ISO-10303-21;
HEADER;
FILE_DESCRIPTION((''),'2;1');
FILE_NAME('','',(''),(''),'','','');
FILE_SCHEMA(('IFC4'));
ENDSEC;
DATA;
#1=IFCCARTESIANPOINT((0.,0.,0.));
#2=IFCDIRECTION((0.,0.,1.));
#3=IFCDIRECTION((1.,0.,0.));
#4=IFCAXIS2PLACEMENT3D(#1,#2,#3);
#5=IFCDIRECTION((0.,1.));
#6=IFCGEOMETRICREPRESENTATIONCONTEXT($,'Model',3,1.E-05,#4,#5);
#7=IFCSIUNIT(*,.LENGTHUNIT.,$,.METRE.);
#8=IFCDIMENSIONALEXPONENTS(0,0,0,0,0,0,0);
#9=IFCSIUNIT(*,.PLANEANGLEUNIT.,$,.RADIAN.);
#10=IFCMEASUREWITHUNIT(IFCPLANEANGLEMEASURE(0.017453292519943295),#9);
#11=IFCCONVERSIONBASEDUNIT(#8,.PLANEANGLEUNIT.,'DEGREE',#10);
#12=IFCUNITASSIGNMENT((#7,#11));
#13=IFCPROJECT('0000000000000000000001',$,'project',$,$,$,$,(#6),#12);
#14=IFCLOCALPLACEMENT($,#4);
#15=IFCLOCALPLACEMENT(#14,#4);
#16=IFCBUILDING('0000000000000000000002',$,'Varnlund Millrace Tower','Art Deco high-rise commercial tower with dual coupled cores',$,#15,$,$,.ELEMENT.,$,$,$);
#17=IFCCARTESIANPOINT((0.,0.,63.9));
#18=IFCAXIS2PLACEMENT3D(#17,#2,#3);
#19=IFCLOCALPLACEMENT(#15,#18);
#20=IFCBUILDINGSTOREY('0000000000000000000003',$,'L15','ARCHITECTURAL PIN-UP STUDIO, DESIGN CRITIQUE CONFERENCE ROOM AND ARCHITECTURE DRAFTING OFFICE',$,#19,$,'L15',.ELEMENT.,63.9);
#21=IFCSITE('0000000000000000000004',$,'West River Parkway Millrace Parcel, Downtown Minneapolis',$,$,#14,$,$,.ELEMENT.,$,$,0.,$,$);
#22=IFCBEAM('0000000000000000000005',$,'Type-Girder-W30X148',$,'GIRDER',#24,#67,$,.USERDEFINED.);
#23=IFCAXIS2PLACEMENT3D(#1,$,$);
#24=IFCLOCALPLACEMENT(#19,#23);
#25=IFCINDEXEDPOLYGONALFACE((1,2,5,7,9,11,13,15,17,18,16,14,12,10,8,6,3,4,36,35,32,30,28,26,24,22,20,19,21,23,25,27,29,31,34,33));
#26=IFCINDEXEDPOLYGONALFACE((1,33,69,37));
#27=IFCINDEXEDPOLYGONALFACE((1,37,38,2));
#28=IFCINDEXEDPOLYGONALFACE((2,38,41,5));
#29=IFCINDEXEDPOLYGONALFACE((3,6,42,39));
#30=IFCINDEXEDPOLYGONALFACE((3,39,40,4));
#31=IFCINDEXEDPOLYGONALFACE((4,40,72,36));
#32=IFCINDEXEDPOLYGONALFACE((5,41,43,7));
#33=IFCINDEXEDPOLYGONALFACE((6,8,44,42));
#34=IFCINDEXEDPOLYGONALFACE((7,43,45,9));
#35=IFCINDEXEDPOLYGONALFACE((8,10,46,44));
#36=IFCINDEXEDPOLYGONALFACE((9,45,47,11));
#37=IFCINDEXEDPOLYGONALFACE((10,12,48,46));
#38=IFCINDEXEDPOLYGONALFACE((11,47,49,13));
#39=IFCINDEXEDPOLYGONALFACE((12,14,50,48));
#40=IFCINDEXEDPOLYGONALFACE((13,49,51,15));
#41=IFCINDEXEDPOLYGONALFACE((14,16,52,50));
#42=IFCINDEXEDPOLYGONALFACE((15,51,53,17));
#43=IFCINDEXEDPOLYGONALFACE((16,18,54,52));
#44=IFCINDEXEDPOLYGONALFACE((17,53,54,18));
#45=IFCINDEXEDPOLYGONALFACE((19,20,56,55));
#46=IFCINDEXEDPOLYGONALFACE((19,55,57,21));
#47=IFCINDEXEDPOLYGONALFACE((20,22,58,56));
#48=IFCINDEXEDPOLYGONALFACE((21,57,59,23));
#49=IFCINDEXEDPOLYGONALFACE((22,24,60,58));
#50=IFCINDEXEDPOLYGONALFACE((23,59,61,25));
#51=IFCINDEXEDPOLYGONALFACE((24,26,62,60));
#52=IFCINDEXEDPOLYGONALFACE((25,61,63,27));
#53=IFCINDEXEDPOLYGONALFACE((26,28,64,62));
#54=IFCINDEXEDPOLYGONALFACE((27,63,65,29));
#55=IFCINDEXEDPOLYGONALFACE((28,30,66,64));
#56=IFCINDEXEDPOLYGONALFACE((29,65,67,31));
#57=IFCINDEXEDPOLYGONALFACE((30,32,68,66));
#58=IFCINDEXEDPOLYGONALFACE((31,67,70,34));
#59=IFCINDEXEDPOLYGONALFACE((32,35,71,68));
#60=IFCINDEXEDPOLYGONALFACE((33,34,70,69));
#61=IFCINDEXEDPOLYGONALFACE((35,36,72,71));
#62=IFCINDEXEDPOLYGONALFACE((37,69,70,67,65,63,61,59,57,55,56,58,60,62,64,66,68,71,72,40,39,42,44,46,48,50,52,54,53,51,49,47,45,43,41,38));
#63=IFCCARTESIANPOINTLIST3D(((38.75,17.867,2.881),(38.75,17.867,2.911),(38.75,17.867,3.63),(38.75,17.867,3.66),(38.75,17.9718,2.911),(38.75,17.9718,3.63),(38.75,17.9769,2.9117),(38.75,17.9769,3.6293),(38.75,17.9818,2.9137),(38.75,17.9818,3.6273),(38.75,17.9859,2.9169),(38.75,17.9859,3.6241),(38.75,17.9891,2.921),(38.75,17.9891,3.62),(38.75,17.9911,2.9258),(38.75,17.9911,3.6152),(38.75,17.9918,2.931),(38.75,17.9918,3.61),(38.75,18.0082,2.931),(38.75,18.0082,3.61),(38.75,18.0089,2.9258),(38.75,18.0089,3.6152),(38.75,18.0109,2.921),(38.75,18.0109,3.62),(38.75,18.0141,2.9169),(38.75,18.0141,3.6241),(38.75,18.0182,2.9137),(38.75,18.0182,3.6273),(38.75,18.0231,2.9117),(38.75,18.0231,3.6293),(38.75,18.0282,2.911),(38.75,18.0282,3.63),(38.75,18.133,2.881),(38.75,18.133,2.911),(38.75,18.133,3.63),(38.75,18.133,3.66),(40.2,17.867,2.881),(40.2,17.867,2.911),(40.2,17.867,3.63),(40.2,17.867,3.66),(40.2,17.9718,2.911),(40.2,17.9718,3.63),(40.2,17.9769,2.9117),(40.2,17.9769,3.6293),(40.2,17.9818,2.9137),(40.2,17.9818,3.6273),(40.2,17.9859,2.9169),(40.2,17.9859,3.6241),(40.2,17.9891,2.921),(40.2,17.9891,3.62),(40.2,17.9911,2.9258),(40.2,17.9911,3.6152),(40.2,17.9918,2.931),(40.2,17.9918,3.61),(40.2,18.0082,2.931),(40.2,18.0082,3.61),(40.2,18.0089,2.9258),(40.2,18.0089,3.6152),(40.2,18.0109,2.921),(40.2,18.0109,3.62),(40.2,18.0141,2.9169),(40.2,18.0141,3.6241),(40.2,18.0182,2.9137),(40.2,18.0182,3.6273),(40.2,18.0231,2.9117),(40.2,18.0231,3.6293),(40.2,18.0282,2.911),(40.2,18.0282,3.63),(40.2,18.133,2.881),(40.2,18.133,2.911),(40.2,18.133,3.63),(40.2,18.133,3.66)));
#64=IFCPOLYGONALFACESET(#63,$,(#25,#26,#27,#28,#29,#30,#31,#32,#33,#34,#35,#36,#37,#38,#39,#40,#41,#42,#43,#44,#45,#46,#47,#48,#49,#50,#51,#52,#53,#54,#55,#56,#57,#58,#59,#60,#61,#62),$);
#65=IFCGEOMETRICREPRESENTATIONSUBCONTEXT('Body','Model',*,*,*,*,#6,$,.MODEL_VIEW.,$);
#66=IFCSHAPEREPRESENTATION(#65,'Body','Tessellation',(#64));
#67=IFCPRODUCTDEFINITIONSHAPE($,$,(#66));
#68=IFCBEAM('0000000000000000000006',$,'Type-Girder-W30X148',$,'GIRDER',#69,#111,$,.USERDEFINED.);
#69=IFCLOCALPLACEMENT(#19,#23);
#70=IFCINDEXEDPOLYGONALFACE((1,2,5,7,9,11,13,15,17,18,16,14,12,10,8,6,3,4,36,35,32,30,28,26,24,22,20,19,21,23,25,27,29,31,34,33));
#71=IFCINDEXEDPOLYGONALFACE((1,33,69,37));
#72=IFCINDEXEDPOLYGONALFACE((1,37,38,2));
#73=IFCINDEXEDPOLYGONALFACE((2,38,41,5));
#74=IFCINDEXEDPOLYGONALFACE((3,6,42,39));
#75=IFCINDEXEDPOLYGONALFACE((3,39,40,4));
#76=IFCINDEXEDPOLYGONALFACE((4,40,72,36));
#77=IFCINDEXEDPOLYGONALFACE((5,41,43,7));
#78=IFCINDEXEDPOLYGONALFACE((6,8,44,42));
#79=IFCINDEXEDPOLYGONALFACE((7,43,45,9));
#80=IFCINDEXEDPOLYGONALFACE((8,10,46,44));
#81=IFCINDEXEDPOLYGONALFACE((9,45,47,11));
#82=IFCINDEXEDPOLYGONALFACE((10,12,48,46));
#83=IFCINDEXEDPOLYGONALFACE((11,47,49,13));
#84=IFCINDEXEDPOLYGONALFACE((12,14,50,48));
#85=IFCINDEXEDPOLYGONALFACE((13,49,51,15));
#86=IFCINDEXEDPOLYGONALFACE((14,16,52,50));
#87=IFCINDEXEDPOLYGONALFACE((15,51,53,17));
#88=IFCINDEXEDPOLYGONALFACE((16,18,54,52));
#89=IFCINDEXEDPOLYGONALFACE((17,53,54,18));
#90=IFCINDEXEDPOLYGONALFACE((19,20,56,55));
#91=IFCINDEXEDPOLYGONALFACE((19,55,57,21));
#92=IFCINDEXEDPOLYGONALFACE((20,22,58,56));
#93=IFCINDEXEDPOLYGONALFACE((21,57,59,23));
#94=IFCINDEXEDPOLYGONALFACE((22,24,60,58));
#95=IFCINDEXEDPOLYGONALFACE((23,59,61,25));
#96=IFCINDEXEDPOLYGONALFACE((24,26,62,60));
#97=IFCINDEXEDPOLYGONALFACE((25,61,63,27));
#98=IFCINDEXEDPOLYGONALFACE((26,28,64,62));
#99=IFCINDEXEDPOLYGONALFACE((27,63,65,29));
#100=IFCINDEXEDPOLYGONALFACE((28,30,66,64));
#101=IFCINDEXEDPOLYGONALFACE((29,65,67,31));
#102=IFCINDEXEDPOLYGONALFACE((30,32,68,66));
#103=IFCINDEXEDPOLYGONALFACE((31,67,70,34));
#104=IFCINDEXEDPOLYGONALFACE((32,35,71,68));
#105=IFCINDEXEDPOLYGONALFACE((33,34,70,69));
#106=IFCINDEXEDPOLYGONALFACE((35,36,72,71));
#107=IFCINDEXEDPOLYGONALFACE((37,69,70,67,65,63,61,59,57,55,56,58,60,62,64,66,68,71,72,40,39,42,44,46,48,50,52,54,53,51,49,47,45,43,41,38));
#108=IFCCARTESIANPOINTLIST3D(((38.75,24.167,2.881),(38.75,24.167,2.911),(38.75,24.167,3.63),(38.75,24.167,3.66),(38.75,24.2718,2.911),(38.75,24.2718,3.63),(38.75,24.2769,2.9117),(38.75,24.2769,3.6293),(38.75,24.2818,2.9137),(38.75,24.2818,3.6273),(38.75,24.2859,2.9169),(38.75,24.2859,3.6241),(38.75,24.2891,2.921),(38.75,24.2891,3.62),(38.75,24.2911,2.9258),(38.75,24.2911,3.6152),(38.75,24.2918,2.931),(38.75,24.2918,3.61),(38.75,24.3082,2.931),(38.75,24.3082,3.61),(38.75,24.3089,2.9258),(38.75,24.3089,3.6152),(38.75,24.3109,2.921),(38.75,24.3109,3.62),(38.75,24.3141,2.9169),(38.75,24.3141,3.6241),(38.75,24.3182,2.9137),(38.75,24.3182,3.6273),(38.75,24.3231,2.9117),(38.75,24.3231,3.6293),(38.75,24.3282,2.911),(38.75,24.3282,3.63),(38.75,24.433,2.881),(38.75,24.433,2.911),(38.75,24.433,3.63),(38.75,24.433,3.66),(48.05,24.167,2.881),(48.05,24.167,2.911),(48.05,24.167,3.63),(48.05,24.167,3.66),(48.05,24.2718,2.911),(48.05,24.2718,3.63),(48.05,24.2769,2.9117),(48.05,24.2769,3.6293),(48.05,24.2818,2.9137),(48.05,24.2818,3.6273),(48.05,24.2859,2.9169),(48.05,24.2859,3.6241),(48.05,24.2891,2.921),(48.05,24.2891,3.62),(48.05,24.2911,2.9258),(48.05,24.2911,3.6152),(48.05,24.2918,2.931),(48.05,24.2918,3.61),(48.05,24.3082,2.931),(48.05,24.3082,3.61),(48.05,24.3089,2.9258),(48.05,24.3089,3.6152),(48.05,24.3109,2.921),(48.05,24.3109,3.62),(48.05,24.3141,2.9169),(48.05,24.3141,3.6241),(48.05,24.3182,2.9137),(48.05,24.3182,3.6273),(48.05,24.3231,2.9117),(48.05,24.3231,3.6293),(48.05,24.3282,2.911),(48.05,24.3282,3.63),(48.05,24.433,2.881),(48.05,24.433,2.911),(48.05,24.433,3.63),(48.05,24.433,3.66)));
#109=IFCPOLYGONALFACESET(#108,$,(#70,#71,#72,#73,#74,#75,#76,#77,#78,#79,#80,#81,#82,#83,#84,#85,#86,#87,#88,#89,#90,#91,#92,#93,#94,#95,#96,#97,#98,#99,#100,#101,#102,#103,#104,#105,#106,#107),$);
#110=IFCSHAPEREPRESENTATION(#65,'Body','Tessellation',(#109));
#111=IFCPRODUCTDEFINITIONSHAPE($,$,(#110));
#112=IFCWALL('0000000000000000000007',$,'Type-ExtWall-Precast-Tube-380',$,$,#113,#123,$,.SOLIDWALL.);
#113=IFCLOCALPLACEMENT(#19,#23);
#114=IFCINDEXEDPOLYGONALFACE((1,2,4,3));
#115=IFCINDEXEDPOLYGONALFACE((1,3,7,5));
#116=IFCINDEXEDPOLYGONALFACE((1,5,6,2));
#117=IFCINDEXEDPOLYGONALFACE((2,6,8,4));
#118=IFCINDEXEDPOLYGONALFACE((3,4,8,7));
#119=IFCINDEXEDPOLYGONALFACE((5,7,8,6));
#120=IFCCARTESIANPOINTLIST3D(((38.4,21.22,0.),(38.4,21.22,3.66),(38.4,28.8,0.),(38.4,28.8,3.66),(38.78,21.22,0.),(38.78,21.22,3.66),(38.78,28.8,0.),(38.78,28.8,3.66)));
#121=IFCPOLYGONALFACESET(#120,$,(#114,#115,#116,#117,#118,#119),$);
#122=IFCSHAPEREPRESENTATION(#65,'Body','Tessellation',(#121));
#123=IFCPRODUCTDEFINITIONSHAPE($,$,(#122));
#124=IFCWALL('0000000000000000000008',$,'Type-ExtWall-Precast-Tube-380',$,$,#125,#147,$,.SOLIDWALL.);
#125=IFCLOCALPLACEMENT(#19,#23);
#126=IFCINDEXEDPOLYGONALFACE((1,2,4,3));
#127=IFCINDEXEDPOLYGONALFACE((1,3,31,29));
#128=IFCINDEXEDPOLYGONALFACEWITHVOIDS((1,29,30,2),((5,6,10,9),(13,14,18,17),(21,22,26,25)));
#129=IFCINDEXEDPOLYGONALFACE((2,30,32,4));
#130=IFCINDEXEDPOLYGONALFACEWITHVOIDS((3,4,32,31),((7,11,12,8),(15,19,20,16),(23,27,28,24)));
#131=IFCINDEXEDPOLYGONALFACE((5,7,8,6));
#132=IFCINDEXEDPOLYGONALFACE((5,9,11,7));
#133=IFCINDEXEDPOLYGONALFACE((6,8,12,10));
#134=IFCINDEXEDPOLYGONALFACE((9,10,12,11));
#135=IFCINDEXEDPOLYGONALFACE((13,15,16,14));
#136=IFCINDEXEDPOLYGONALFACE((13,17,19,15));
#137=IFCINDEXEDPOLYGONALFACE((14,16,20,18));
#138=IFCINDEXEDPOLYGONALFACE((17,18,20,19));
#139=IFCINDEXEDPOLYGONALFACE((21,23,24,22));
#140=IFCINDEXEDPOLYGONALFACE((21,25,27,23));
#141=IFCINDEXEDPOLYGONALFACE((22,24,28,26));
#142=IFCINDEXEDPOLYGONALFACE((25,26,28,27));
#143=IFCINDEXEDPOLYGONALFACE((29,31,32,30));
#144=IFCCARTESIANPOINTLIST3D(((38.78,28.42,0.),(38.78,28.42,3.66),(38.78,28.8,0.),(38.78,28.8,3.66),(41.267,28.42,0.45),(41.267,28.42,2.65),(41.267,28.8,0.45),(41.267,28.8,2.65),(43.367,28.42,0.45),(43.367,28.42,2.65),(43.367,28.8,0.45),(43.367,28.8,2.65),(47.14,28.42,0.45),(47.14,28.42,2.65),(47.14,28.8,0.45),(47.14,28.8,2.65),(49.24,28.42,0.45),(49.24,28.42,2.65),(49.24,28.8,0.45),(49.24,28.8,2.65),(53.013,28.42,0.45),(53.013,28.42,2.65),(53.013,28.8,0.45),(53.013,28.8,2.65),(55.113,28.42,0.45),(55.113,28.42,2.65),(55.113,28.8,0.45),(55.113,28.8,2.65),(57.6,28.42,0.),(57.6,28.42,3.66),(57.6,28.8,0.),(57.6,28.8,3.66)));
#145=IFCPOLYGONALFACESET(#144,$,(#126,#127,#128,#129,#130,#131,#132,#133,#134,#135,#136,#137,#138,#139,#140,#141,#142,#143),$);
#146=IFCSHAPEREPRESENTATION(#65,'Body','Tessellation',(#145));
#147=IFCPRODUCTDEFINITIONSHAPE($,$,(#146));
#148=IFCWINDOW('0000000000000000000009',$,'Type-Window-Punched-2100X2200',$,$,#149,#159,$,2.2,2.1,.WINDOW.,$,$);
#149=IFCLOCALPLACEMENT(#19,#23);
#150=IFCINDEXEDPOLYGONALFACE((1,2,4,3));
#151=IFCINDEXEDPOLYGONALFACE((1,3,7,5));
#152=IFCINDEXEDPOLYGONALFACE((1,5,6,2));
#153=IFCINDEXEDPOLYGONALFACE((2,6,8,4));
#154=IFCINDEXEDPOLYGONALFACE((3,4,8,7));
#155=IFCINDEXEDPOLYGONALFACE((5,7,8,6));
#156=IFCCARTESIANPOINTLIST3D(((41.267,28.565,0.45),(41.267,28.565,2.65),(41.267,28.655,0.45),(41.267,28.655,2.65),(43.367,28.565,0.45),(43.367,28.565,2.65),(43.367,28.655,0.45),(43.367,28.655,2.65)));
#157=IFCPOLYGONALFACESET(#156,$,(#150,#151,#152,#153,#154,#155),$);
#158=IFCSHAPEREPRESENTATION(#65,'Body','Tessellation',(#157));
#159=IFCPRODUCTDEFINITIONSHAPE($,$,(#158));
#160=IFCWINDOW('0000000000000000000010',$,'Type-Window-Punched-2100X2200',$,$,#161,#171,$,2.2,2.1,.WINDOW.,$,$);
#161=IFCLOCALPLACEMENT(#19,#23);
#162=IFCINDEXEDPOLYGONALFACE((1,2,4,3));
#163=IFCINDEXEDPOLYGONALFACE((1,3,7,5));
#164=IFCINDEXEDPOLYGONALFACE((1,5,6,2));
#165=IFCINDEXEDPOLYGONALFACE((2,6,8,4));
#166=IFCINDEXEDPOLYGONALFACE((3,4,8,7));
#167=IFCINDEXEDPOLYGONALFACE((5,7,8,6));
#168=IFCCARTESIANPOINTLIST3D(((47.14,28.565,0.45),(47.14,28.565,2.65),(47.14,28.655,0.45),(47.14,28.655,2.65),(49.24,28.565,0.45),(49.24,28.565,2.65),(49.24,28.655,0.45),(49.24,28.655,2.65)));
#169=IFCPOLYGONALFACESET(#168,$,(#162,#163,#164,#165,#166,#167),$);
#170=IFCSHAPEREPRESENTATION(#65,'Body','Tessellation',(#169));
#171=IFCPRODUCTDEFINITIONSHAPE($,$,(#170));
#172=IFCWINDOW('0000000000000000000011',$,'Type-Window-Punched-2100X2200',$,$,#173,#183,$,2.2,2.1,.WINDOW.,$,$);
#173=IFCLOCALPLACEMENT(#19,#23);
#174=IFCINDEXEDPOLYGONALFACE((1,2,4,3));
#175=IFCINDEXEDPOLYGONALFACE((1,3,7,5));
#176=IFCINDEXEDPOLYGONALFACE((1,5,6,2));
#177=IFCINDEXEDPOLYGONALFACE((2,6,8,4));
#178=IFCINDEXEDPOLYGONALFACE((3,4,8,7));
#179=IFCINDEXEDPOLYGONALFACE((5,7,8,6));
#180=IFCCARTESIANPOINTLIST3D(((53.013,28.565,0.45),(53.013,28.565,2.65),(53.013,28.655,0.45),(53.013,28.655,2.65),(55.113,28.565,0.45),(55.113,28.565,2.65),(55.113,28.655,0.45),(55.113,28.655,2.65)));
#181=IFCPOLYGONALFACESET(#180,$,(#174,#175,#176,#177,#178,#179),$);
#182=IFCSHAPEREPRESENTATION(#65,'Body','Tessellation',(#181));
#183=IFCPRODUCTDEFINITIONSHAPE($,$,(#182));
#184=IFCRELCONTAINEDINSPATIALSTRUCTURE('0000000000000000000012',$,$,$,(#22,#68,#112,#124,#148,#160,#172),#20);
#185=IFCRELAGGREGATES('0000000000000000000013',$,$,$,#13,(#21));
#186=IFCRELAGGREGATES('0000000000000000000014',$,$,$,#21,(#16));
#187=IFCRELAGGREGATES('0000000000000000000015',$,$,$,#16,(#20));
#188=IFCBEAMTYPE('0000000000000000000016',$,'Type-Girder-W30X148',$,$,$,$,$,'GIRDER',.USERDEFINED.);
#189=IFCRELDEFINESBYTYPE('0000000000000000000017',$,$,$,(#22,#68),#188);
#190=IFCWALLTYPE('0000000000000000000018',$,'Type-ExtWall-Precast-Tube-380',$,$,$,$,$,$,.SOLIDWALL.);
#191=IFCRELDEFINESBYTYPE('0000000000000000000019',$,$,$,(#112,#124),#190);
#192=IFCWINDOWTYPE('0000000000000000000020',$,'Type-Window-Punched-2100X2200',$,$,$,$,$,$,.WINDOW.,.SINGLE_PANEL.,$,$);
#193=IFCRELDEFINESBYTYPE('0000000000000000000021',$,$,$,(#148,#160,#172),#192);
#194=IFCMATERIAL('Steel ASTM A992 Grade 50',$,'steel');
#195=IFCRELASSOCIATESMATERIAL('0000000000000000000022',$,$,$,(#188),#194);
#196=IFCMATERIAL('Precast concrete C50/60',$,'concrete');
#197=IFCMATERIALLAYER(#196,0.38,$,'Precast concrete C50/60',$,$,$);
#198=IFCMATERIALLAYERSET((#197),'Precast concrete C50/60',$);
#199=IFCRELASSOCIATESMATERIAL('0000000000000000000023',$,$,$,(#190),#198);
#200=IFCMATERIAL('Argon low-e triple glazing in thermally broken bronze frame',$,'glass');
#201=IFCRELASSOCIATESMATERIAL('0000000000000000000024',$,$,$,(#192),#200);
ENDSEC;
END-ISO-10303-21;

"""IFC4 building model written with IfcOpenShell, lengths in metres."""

from ifc_helpers import new_model, entity, si_unit, converted_unit, direction, frame, origin_with_axes, origin_2d_with_axis, place, context, subcontext, project, spatial, polyline, rectangle, i_section, outline, extrude, material, layer, layer_set, material_profile, profile_set, type_object, element, fill, save


model = new_model("IFC4")

# Units and contexts
model_context = context("Model", 3, precision=1e-05, world=origin_with_axes(), true_north=direction((0.0, 1.0)))
body_context = subcontext(model_context, "Body", "Model", "MODEL_VIEW")
ifc_project = project(units=[si_unit("LENGTHUNIT", "METRE"), converted_unit("PLANEANGLEUNIT", "DEGREE", entity("IfcPlaneAngleMeasure", 0.017453292519943295), si_unit("PLANEANGLEUNIT", "RADIAN"), dimensions=[0, 0, 0, 0, 0, 0, 0])], contexts=[model_context])

# Site, building, storey
site_placement = place(None, origin_with_axes())
site = spatial("IfcSite", under=ifc_project, at=site_placement, Name="West River Parkway Millrace Parcel, Downtown Minneapolis", CompositionType="ELEMENT", RefElevation=0.0)
building_placement = place(site_placement, origin_with_axes())
building = spatial("IfcBuilding", under=site, at=building_placement, Name="Varnlund Millrace Tower", Description="Art Deco high-rise commercial tower with dual coupled cores", CompositionType="ELEMENT")
storey_placement = place(building_placement, frame((0.0, 0.0, 63.9), z_axis=(0.0, 0.0, 1.0), x_axis=(1.0, 0.0, 0.0)))
storey = spatial("IfcBuildingStorey", under=building, at=storey_placement, Name="L15", Description="ARCHITECTURAL PIN-UP STUDIO, DESIGN CRITIQUE CONFERENCE ROOM AND ARCHITECTURE DRAFTING OFFICE", LongName="L15", CompositionType="ELEMENT", Elevation=63.9)

# Beams
ifc_material_1 = material(Name="Steel ASTM A992 Grade 50", Category="steel")
ifc_material_profile_1 = material_profile(ifc_material_1, i_section(OverallWidth=0.266, OverallDepth=0.779, WebThickness=0.0165, FlangeThickness=0.03, FilletRadius=0.02, at=origin_2d_with_axis()), Name="Steel ASTM A992 Grade 50")
ifc_profile_set_1 = profile_set([ifc_material_profile_1], Name="Steel ASTM A992 Grade 50")
beam_type_1 = type_object("IfcBeamType", Name="Type-Girder-W30X148", ElementType="GIRDER", PredefinedType="USERDEFINED", material=ifc_profile_set_1)
beam_1_placement = place(storey_placement, frame((38.75, 18.0, 3.2705), z_axis=(1.0, 0.0, 0.0), x_axis=(0.0, 1.0, 0.0)))
element("IfcBeam", 1, at=beam_1_placement, inside=storey, type_object=beam_type_1, Name="Type-Girder-W30X148", ObjectType="GIRDER", PredefinedType="USERDEFINED", context=body_context, shape_type="SweptSolid", body=[
    extrude(i_section(OverallWidth=0.266, OverallDepth=0.779, WebThickness=0.0165, FlangeThickness=0.03, FilletRadius=0.02, at=origin_2d_with_axis()), origin_with_axes(), (0.0, 0.0, 1.0), 1.45),
])
beam_2_placement = place(storey_placement, frame((38.75, 24.3, 3.2705), z_axis=(1.0, 0.0, 0.0), x_axis=(0.0, 1.0, 0.0)))
element("IfcBeam", 2, at=beam_2_placement, inside=storey, type_object=beam_type_1, Name="Type-Girder-W30X148", ObjectType="GIRDER", PredefinedType="USERDEFINED", context=body_context, shape_type="SweptSolid", body=[
    extrude(i_section(OverallWidth=0.266, OverallDepth=0.779, WebThickness=0.0165, FlangeThickness=0.03, FilletRadius=0.02, at=origin_2d_with_axis()), origin_with_axes(), (0.0, 0.0, 1.0), 9.3),
])

# Wall
ifc_material_2 = material(Name="Precast concrete C50/60", Category="concrete")
ifc_layer_1 = layer(ifc_material_2, 0.38, Name="Precast concrete C50/60")
ifc_layer_set_1 = layer_set([ifc_layer_1], Name="Precast concrete C50/60")
wall_type_1 = type_object("IfcWallType", Name="Type-ExtWall-Precast-Tube-380", PredefinedType="SOLIDWALL", material=ifc_layer_set_1)
wall_1_placement = place(storey_placement, frame((38.59, 21.22, 0.0), z_axis=(0.0, 0.0, 1.0), x_axis=(0.0, 1.0, 0.0)))
element("IfcWall", 3, at=wall_1_placement, inside=storey, type_object=wall_type_1, Name="Type-ExtWall-Precast-Tube-380", PredefinedType="SOLIDWALL", context=body_context, shape_type="SweptSolid", body=[
    extrude(outline(polyline([(0.0, -0.19), (7.58, -0.19), (7.58, 0.19), (0.0, 0.19), (0.0, -0.19)])), origin_with_axes(), (0.0, 0.0, 1.0), 3.66),
])

# Wall, openings, windows
wall_2_placement = place(storey_placement, frame((38.78, 28.61, 0.0), z_axis=(0.0, 0.0, 1.0), x_axis=(1.0, 0.0, 0.0)))
wall_2 = element("IfcWall", 4, at=wall_2_placement, inside=storey, type_object=wall_type_1, Name="Type-ExtWall-Precast-Tube-380", PredefinedType="SOLIDWALL", context=body_context, shape_type="SweptSolid", body=[
    extrude(outline(polyline([(0.0, -0.19), (18.82, -0.19), (18.82, 0.19), (0.0, 0.19), (0.0, -0.19)])), origin_with_axes(), (0.0, 0.0, 1.0), 3.66),
])
opening_1_placement = place(wall_2_placement, frame((3.537, 0.0, 0.45), z_axis=(0.0, 0.0, 1.0), x_axis=(1.0, 0.0, 0.0)))
opening_1 = element("IfcOpeningElement", 5, at=opening_1_placement, cuts=wall_2, PredefinedType="OPENING", context=body_context, shape_type="SweptSolid", body=[
    extrude(rectangle(XDim=2.1, YDim=0.4, at=origin_2d_with_axis()), origin_with_axes(), (0.0, 0.0, 1.0), 2.2),
])
opening_2_placement = place(wall_2_placement, frame((9.41, 0.0, 0.45), z_axis=(0.0, 0.0, 1.0), x_axis=(1.0, 0.0, 0.0)))
opening_2 = element("IfcOpeningElement", 6, at=opening_2_placement, cuts=wall_2, PredefinedType="OPENING", context=body_context, shape_type="SweptSolid", body=[
    extrude(rectangle(XDim=2.1, YDim=0.4, at=origin_2d_with_axis()), origin_with_axes(), (0.0, 0.0, 1.0), 2.2),
])
opening_3_placement = place(wall_2_placement, frame((15.283, 0.0, 0.45), z_axis=(0.0, 0.0, 1.0), x_axis=(1.0, 0.0, 0.0)))
opening_3 = element("IfcOpeningElement", 7, at=opening_3_placement, cuts=wall_2, PredefinedType="OPENING", context=body_context, shape_type="SweptSolid", body=[
    extrude(rectangle(XDim=2.1, YDim=0.4, at=origin_2d_with_axis()), origin_with_axes(), (0.0, 0.0, 1.0), 2.2),
])
ifc_material_3 = material(Name="Argon low-e triple glazing in thermally broken bronze frame", Category="glass")
window_type = type_object("IfcWindowType", Name="Type-Window-Punched-2100X2200", PartitioningType="SINGLE_PANEL", PredefinedType="WINDOW", material=ifc_material_3)
window_1_placement = place(wall_2_placement, frame((3.537, 0.0, 0.45), z_axis=(0.0, 0.0, 1.0), x_axis=(1.0, 0.0, 0.0)))
window_1 = element("IfcWindow", 8, at=window_1_placement, inside=storey, type_object=window_type, Name="Type-Window-Punched-2100X2200", OverallHeight=2.2, OverallWidth=2.1, PredefinedType="WINDOW", context=body_context, shape_type="SweptSolid", body=[
    extrude(rectangle(XDim=2.1, YDim=0.09, at=origin_2d_with_axis()), origin_with_axes(), (0.0, 0.0, 1.0), 2.2),
])
fill(opening_1, window_1)
window_2_placement = place(wall_2_placement, frame((9.41, 0.0, 0.45), z_axis=(0.0, 0.0, 1.0), x_axis=(1.0, 0.0, 0.0)))
window_2 = element("IfcWindow", 9, at=window_2_placement, inside=storey, type_object=window_type, Name="Type-Window-Punched-2100X2200", OverallHeight=2.2, OverallWidth=2.1, PredefinedType="WINDOW", context=body_context, shape_type="SweptSolid", body=[
    extrude(rectangle(XDim=2.1, YDim=0.09, at=origin_2d_with_axis()), origin_with_axes(), (0.0, 0.0, 1.0), 2.2),
])
fill(opening_2, window_2)
window_3_placement = place(wall_2_placement, frame((15.283, 0.0, 0.45), z_axis=(0.0, 0.0, 1.0), x_axis=(1.0, 0.0, 0.0)))
window_3 = element("IfcWindow", 10, at=window_3_placement, inside=storey, type_object=window_type, Name="Type-Window-Punched-2100X2200", OverallHeight=2.2, OverallWidth=2.1, PredefinedType="WINDOW", context=body_context, shape_type="SweptSolid", body=[
    extrude(rectangle(XDim=2.1, YDim=0.09, at=origin_2d_with_axis()), origin_with_axes(), (0.0, 0.0, 1.0), 2.2),
])
fill(opening_3, window_3)

save(model, "model.ifc")
